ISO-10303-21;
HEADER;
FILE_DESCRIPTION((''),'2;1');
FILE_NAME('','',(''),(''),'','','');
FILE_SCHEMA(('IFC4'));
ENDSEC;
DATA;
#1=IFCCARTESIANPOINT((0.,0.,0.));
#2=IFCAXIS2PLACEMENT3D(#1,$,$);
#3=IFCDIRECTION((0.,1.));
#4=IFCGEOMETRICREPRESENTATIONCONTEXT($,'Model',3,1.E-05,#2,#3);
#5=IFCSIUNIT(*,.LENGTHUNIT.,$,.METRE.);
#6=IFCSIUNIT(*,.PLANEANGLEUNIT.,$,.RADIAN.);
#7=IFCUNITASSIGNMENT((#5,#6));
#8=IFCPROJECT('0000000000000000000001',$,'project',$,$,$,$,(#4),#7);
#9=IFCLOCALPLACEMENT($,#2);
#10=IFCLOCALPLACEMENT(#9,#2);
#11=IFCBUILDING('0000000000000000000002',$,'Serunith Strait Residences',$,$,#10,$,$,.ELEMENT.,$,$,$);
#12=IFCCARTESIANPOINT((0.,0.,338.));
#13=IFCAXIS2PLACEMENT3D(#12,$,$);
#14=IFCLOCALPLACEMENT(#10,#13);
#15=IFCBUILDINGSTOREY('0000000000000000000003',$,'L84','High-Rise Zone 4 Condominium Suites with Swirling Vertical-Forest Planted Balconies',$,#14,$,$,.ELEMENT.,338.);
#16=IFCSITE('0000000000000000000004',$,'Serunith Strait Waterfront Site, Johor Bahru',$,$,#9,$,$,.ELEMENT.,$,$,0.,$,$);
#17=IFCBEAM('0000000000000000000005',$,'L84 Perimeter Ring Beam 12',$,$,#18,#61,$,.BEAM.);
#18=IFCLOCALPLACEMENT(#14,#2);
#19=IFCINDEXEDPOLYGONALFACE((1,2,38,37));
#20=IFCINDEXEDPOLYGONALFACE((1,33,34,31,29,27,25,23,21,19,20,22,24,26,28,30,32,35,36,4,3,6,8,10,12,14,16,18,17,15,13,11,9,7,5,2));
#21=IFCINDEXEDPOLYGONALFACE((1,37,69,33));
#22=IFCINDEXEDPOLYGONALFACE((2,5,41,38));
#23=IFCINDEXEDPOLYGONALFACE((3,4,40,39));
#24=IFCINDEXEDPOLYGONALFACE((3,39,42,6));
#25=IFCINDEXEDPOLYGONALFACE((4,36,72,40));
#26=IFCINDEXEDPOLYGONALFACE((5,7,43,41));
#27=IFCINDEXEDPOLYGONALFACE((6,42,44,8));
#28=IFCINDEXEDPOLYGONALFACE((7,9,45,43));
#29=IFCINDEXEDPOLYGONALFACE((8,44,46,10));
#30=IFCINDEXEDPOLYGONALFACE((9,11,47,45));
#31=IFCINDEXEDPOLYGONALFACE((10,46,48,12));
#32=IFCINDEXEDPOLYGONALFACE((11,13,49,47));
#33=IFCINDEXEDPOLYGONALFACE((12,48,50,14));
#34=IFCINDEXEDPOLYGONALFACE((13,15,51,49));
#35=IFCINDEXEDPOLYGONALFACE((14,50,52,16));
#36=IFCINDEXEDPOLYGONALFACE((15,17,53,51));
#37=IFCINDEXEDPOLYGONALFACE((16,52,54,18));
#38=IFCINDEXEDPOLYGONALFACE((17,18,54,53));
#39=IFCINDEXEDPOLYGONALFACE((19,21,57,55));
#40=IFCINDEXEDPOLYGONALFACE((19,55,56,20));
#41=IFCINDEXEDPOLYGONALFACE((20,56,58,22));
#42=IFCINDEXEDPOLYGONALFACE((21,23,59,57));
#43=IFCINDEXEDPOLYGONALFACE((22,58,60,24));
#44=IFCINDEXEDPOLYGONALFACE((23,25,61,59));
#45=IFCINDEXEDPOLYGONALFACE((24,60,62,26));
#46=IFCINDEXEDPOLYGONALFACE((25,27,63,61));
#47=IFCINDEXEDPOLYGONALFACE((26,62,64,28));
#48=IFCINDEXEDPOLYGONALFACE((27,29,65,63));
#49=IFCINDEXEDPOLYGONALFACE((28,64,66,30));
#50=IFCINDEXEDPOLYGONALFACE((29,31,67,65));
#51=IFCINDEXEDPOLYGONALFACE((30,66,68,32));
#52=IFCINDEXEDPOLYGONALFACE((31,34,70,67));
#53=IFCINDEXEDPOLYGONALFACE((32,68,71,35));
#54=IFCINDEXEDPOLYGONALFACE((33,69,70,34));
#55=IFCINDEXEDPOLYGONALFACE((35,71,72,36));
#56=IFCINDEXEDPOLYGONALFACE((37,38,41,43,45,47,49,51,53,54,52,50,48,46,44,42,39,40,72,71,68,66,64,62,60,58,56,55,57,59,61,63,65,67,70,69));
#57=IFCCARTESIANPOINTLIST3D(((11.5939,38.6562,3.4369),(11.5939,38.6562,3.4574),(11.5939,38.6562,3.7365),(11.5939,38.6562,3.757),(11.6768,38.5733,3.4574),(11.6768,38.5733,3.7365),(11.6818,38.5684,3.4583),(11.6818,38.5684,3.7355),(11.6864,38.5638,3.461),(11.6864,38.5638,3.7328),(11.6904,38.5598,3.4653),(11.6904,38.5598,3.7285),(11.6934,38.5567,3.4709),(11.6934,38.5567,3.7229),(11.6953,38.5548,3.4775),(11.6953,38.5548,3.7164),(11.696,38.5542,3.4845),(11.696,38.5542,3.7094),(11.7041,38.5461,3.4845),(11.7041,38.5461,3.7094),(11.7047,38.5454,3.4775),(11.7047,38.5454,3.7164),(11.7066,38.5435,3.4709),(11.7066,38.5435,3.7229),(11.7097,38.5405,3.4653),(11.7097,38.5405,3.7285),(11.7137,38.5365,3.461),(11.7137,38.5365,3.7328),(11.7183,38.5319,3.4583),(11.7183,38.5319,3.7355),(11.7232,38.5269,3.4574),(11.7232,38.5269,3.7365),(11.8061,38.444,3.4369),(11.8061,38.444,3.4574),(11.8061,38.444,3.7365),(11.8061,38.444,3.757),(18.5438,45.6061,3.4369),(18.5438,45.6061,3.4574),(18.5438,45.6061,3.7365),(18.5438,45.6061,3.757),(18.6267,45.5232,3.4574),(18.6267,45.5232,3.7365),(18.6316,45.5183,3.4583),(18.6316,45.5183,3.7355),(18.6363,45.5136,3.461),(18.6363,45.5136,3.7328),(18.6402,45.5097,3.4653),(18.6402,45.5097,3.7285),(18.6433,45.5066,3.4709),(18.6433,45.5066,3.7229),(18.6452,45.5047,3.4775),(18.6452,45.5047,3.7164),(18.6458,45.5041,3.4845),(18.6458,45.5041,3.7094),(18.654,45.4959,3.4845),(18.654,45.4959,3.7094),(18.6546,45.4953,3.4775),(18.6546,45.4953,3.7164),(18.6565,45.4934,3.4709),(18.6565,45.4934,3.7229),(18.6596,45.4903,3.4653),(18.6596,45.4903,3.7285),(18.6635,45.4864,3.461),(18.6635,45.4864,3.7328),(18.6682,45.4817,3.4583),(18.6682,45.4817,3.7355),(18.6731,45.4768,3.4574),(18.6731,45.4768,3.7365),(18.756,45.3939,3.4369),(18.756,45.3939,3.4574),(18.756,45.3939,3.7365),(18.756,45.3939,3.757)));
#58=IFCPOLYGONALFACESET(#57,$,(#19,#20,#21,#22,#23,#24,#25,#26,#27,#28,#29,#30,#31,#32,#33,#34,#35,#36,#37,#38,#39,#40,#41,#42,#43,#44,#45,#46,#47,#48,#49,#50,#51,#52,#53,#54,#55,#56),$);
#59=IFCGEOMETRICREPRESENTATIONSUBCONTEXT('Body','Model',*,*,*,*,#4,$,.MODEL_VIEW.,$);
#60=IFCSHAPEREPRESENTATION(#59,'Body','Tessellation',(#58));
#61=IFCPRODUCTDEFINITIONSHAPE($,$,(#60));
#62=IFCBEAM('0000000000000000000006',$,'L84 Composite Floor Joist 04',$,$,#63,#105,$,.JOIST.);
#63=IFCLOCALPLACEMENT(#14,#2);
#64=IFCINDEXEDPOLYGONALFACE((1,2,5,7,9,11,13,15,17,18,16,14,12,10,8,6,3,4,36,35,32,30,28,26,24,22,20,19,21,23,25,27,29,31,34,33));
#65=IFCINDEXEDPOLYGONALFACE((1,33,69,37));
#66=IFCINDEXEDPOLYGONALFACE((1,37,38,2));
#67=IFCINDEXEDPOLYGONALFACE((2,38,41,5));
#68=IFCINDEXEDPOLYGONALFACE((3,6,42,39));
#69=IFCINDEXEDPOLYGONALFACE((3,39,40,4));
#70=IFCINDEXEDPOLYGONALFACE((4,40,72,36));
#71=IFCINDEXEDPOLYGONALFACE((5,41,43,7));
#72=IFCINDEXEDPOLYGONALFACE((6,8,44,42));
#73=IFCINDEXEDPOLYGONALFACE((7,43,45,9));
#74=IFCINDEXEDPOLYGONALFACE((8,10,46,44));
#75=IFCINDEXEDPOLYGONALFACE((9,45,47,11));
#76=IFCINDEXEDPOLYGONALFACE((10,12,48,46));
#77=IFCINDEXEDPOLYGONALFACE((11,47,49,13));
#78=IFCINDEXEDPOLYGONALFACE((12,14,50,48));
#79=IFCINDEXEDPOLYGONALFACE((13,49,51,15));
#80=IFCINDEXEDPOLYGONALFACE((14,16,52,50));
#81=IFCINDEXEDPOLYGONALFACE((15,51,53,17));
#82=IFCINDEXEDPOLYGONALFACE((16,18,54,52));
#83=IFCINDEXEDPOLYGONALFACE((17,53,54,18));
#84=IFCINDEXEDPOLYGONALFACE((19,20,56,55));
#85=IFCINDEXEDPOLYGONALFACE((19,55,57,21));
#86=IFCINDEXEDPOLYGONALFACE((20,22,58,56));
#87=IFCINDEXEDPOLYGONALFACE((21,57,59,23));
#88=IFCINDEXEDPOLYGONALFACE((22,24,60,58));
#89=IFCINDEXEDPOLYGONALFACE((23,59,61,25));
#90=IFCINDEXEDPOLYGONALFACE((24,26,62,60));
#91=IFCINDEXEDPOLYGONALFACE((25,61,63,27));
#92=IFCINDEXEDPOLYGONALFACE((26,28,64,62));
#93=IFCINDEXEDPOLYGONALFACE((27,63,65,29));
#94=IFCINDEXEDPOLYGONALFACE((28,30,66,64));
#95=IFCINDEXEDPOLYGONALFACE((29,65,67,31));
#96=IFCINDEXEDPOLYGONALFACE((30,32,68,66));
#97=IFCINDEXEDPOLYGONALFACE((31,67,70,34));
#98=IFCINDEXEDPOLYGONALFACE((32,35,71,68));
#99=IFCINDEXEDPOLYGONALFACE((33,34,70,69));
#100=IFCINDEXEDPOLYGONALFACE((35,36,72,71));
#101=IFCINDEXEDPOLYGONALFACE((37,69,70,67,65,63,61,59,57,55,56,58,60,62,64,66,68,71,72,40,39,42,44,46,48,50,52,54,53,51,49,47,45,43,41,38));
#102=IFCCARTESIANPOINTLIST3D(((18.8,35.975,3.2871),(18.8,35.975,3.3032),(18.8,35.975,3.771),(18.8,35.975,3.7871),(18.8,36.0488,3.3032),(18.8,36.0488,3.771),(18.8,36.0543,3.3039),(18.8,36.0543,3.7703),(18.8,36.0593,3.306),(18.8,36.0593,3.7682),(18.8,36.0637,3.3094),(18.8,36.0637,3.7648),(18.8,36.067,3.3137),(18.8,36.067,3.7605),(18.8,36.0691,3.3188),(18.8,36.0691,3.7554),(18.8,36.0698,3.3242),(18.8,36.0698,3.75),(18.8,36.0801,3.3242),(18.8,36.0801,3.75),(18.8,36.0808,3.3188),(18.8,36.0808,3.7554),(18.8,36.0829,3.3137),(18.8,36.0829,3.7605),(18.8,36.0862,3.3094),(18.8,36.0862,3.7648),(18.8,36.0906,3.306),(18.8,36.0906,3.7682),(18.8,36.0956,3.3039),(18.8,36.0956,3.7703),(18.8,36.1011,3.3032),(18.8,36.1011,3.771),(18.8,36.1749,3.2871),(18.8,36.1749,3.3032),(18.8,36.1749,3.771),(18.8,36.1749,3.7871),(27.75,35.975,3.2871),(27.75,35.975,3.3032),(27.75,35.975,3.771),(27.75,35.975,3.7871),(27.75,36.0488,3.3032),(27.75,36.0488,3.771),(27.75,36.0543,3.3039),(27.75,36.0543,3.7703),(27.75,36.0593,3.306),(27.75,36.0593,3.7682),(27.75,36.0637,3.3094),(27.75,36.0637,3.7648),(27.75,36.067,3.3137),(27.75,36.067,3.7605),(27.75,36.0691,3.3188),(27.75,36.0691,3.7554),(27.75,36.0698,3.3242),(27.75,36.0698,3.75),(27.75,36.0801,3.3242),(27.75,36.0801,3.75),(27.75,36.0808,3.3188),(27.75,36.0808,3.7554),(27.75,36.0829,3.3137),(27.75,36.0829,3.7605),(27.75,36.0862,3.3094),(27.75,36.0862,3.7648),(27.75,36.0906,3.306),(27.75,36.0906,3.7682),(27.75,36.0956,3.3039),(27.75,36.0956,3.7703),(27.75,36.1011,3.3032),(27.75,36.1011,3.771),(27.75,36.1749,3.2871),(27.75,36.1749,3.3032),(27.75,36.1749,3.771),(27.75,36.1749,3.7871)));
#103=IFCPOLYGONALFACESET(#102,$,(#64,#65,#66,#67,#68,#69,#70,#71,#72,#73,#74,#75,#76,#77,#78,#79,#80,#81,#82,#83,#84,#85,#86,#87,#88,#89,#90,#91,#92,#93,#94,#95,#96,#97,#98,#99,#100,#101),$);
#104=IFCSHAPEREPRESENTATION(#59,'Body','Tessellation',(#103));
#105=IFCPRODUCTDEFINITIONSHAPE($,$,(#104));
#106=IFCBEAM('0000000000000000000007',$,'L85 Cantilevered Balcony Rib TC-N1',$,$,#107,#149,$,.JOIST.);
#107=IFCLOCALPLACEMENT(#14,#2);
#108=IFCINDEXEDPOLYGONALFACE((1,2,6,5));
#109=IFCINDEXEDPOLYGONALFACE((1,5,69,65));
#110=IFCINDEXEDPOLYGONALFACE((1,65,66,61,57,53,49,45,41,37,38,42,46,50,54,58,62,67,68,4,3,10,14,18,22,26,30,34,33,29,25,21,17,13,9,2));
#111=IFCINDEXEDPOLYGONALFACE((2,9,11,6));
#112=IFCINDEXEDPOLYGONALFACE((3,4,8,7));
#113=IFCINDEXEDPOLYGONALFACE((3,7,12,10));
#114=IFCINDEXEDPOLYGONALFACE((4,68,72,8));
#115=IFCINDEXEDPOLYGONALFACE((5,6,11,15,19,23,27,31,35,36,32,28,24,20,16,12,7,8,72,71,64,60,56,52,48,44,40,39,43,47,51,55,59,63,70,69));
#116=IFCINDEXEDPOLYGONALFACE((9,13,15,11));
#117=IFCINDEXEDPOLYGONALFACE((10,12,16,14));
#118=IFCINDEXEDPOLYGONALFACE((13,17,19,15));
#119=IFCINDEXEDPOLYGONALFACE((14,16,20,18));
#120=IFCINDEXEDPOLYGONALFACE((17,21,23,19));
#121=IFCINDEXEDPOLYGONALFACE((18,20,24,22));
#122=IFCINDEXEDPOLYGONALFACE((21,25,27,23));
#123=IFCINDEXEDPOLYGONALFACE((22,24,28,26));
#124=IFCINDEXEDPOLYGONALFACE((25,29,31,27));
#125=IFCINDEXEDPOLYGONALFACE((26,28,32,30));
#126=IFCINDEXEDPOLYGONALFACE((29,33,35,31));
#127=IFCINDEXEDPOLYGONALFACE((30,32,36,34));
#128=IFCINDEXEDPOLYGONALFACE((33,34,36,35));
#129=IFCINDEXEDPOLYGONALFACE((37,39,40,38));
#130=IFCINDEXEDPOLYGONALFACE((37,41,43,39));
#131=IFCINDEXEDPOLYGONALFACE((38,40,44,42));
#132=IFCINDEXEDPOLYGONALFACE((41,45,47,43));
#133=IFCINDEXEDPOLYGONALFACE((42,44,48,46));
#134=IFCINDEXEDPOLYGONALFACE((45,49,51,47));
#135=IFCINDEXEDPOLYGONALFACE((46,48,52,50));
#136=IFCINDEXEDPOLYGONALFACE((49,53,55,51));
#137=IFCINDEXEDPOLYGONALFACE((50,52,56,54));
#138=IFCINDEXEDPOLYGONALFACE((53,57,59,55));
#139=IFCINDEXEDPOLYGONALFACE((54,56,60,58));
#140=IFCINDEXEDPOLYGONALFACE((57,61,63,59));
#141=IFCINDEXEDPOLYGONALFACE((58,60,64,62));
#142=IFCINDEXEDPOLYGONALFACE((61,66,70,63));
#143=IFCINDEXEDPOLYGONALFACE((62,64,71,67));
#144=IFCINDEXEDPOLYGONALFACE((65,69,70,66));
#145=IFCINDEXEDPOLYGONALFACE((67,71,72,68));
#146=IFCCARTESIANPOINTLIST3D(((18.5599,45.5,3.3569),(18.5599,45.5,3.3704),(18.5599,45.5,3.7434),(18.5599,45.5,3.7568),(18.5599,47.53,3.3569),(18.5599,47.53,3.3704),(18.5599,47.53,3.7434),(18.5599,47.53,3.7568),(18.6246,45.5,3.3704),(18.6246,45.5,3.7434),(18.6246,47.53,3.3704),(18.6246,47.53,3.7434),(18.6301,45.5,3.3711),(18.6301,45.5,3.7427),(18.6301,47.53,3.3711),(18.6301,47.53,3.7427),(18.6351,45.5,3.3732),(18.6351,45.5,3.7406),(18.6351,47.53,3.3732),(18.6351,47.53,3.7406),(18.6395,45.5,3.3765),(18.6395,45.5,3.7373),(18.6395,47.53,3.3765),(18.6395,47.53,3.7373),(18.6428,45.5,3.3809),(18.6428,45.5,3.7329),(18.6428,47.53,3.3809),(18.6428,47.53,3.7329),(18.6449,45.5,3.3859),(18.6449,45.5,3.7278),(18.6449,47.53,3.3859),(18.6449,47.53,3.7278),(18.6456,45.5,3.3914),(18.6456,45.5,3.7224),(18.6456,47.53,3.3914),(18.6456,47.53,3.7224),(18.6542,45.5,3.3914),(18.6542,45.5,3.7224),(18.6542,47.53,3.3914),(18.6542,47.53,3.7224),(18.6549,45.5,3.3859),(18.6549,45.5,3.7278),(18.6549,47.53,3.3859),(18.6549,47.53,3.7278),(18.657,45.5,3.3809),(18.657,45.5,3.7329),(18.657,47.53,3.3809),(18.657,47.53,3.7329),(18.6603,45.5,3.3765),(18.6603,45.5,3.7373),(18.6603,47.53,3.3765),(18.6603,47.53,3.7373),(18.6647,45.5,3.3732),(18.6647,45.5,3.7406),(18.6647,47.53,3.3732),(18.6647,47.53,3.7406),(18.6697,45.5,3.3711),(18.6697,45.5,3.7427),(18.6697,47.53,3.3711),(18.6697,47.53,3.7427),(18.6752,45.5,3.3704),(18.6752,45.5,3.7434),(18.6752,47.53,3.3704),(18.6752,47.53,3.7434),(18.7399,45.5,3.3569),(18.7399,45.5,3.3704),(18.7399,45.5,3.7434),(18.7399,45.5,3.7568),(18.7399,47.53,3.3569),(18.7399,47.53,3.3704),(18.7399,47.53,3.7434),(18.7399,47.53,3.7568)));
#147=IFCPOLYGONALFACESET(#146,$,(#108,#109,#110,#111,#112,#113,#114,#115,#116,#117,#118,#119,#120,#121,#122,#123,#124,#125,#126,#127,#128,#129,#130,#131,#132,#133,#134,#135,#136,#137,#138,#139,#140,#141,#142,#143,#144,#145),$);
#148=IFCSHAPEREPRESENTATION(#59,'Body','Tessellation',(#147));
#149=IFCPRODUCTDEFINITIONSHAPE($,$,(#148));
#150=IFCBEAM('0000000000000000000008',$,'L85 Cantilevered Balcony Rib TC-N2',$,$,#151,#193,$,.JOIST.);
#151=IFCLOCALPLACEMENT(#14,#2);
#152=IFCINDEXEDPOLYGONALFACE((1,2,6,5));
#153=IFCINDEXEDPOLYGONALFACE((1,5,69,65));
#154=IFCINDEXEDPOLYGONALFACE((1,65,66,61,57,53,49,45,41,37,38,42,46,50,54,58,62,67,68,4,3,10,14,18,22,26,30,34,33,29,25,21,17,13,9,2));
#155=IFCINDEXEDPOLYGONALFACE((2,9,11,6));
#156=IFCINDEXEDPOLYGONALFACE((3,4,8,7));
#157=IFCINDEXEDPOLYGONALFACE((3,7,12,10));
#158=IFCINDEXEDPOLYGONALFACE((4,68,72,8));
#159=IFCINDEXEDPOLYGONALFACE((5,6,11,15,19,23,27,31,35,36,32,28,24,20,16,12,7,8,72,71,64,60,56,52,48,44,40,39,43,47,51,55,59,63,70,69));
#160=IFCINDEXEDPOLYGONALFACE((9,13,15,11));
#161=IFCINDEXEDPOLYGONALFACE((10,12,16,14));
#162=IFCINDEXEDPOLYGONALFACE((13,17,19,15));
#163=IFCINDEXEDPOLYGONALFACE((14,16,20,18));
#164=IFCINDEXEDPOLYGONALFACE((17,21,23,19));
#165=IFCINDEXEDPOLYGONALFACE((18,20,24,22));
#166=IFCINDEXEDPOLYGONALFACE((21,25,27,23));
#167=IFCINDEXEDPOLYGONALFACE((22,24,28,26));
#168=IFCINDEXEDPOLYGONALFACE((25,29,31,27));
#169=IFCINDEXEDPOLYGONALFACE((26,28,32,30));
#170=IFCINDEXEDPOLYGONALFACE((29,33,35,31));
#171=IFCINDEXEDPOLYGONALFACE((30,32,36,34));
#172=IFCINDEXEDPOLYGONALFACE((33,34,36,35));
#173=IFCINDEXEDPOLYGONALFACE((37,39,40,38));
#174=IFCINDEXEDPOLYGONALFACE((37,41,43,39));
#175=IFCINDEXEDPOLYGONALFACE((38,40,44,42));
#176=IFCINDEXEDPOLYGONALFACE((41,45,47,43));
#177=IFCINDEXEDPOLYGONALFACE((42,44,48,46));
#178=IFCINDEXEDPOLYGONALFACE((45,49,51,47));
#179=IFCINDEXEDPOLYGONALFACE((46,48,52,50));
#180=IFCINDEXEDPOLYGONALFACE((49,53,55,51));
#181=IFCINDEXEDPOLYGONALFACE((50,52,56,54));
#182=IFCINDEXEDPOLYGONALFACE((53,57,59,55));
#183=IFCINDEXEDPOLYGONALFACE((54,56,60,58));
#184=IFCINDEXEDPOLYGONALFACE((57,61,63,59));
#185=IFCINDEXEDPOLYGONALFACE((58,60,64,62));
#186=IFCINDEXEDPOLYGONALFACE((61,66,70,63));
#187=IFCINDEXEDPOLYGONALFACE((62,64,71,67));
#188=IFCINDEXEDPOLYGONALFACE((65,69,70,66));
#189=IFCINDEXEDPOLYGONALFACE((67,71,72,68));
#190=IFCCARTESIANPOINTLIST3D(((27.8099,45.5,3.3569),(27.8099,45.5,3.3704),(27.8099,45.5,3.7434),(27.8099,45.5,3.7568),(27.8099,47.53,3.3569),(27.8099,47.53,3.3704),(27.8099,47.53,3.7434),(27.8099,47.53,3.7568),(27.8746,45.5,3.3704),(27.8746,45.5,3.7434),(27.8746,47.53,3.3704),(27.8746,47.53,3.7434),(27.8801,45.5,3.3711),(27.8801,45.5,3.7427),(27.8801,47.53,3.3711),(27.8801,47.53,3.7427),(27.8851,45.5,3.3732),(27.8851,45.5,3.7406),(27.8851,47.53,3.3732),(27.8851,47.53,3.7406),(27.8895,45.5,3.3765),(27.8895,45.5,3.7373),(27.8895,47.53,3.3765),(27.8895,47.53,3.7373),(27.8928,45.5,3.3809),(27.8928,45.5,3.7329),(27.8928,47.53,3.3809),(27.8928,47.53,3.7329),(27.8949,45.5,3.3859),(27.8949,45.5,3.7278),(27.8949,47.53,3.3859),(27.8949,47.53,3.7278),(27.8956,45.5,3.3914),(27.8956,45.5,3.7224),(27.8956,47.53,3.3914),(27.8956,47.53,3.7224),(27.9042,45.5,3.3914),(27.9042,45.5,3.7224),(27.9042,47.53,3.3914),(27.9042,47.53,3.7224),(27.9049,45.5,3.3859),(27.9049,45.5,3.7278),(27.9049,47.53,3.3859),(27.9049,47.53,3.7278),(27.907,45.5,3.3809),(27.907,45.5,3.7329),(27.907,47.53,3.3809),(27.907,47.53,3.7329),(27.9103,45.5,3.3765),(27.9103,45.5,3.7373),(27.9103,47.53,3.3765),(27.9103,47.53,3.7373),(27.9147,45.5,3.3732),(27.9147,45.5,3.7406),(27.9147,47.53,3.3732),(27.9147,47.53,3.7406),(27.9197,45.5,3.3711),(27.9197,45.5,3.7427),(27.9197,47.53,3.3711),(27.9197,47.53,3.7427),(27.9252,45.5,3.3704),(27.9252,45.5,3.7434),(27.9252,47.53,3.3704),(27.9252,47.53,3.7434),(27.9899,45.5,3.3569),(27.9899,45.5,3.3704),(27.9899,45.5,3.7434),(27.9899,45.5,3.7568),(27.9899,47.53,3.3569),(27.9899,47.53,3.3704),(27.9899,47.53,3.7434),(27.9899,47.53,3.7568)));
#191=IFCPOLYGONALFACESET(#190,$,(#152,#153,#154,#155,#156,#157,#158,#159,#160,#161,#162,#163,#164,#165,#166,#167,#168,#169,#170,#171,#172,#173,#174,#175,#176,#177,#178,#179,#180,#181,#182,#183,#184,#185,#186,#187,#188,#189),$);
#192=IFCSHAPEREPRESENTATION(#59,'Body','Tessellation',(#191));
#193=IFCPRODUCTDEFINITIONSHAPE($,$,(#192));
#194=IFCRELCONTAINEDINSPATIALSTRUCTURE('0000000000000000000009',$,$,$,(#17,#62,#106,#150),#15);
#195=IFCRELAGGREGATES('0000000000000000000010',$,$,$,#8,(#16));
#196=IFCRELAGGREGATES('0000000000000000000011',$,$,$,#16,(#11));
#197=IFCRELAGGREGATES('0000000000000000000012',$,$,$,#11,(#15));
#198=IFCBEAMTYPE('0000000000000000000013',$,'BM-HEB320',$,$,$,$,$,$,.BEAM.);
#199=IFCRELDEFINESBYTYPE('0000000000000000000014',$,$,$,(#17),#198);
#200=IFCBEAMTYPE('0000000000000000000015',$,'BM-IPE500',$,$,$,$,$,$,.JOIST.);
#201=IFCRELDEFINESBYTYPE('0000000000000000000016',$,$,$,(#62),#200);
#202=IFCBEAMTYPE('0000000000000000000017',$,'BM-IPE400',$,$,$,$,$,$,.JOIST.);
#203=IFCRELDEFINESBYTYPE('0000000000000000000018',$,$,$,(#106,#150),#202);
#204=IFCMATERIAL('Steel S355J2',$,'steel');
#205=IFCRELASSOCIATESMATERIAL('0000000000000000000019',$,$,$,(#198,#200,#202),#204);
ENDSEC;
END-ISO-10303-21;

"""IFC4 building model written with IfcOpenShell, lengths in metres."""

from ifc_helpers import new_model, si_unit, direction, frame, origin, origin_2d, place, context, subcontext, project, spatial, i_section, extrude, source, transform, mapped, material, material_profile, profile_set, type_object, element, save


model = new_model("IFC4")

# Units and contexts
model_context = context("Model", 3, precision=1e-05, world=origin(), true_north=direction((0.0, 1.0)))
body_context = subcontext(model_context, "Body", "Model", "MODEL_VIEW")
ifc_project = project(units=[si_unit("LENGTHUNIT", "METRE"), si_unit("PLANEANGLEUNIT", "RADIAN")], contexts=[model_context])

# Site, building, storey
site_placement = place(None, origin())
site = spatial("IfcSite", under=ifc_project, at=site_placement, Name="Serunith Strait Waterfront Site, Johor Bahru", CompositionType="ELEMENT", RefElevation=0.0)
building_placement = place(site_placement, origin())
building = spatial("IfcBuilding", under=site, at=building_placement, Name="Serunith Strait Residences", CompositionType="ELEMENT")
storey_placement = place(building_placement, frame((0.0, 0.0, 338.0)))
storey = spatial("IfcBuildingStorey", under=building, at=storey_placement, Name="L84", Description="High-Rise Zone 4 Condominium Suites with Swirling Vertical-Forest Planted Balconies", CompositionType="ELEMENT", Elevation=338.0)

# Beams
ifc_material_1 = material(Name="Steel S355J2", Category="steel")
ifc_material_profile_1 = material_profile(ifc_material_1, i_section(OverallWidth=0.3, OverallDepth=0.3201, WebThickness=0.0115, FlangeThickness=0.0205, FilletRadius=0.0271, at=origin_2d()), Name="HEB 320")
ifc_profile_set_1 = profile_set([ifc_material_profile_1], Name="Steel S355J2")
beam_type_1 = type_object("IfcBeamType", Name="BM-HEB320", PredefinedType="BEAM", material=ifc_profile_set_1)
shared_shape_1 = source(origin(), body_context, "Body", "SweptSolid", [
    extrude(i_section(OverallWidth=0.3, OverallDepth=0.3201, WebThickness=0.0115, FlangeThickness=0.0205, FilletRadius=0.0271, at=origin_2d()), origin(), (0.0, 0.0, 1.0), 9.8286),
])
beam_1_placement = place(storey_placement, frame((18.6499, 45.5, 3.5969), z_axis=(-0.707107, -0.707107, 0.0), x_axis=(0.707107, -0.707107, 0.0)))
element("IfcBeam", 1, at=beam_1_placement, inside=storey, type_object=beam_type_1, Name="L84 Perimeter Ring Beam 12", PredefinedType="BEAM", context=body_context, shape_type="MappedRepresentation", body=[
    mapped(shared_shape_1, transform((0.0, 0.0, 0.0), scale=1.0)),
])
ifc_material_profile_2 = material_profile(ifc_material_1, i_section(OverallWidth=0.2, OverallDepth=0.5, WebThickness=0.0103, FlangeThickness=0.0161, FilletRadius=0.021, at=origin_2d()), Name="IPE 500")
ifc_profile_set_2 = profile_set([ifc_material_profile_2], Name="Steel S355J2")
beam_type_2 = type_object("IfcBeamType", Name="BM-IPE500", PredefinedType="JOIST", material=ifc_profile_set_2)
shared_shape_2 = source(origin(), body_context, "Body", "SweptSolid", [
    extrude(i_section(OverallWidth=0.2, OverallDepth=0.5, WebThickness=0.0103, FlangeThickness=0.0161, FilletRadius=0.021, at=origin_2d()), origin(), (0.0, 0.0, 1.0), 8.95),
])
beam_2_placement = place(storey_placement, frame((18.8, 36.075, 3.5371), z_axis=(1.0, 0.0, 0.0), x_axis=(0.0, 1.0, 0.0)))
element("IfcBeam", 2, at=beam_2_placement, inside=storey, type_object=beam_type_2, Name="L84 Composite Floor Joist 04", PredefinedType="JOIST", context=body_context, shape_type="MappedRepresentation", body=[
    mapped(shared_shape_2, transform((0.0, 0.0, 0.0), scale=1.0)),
])
ifc_material_profile_3 = material_profile(ifc_material_1, i_section(OverallWidth=0.1799, OverallDepth=0.3999, WebThickness=0.0085, FlangeThickness=0.0134, FilletRadius=0.021, at=origin_2d()), Name="IPE 400")
ifc_profile_set_3 = profile_set([ifc_material_profile_3], Name="Steel S355J2")
beam_type_3 = type_object("IfcBeamType", Name="BM-IPE400", PredefinedType="JOIST", material=ifc_profile_set_3)
shared_shape_3 = source(origin(), body_context, "Body", "SweptSolid", [
    extrude(i_section(OverallWidth=0.1799, OverallDepth=0.3999, WebThickness=0.0085, FlangeThickness=0.0134, FilletRadius=0.021, at=origin_2d()), origin(), (0.0, 0.0, 1.0), 2.03),
])
for number, where, z_axis, x_axis, name in (
    (3, (18.6499, 45.5, 3.5569), (0.0, 1.0, 0.0), (-1.0, 0.0, 0.0), "L85 Cantilevered Balcony Rib TC-N1"),
    (4, (27.8999, 45.5, 3.5569), (0.0, 1.0, 0.0), (-1.0, 0.0, 0.0), "L85 Cantilevered Balcony Rib TC-N2"),
):
    element("IfcBeam", number, at=place(storey_placement, frame(where, z_axis=z_axis, x_axis=x_axis)), inside=storey, type_object=beam_type_3, Name=name, PredefinedType="JOIST", context=body_context, shape_type="MappedRepresentation", body=[
        mapped(shared_shape_3, transform((0.0, 0.0, 0.0), scale=1.0)),
    ])

save(model, "model.ifc")
